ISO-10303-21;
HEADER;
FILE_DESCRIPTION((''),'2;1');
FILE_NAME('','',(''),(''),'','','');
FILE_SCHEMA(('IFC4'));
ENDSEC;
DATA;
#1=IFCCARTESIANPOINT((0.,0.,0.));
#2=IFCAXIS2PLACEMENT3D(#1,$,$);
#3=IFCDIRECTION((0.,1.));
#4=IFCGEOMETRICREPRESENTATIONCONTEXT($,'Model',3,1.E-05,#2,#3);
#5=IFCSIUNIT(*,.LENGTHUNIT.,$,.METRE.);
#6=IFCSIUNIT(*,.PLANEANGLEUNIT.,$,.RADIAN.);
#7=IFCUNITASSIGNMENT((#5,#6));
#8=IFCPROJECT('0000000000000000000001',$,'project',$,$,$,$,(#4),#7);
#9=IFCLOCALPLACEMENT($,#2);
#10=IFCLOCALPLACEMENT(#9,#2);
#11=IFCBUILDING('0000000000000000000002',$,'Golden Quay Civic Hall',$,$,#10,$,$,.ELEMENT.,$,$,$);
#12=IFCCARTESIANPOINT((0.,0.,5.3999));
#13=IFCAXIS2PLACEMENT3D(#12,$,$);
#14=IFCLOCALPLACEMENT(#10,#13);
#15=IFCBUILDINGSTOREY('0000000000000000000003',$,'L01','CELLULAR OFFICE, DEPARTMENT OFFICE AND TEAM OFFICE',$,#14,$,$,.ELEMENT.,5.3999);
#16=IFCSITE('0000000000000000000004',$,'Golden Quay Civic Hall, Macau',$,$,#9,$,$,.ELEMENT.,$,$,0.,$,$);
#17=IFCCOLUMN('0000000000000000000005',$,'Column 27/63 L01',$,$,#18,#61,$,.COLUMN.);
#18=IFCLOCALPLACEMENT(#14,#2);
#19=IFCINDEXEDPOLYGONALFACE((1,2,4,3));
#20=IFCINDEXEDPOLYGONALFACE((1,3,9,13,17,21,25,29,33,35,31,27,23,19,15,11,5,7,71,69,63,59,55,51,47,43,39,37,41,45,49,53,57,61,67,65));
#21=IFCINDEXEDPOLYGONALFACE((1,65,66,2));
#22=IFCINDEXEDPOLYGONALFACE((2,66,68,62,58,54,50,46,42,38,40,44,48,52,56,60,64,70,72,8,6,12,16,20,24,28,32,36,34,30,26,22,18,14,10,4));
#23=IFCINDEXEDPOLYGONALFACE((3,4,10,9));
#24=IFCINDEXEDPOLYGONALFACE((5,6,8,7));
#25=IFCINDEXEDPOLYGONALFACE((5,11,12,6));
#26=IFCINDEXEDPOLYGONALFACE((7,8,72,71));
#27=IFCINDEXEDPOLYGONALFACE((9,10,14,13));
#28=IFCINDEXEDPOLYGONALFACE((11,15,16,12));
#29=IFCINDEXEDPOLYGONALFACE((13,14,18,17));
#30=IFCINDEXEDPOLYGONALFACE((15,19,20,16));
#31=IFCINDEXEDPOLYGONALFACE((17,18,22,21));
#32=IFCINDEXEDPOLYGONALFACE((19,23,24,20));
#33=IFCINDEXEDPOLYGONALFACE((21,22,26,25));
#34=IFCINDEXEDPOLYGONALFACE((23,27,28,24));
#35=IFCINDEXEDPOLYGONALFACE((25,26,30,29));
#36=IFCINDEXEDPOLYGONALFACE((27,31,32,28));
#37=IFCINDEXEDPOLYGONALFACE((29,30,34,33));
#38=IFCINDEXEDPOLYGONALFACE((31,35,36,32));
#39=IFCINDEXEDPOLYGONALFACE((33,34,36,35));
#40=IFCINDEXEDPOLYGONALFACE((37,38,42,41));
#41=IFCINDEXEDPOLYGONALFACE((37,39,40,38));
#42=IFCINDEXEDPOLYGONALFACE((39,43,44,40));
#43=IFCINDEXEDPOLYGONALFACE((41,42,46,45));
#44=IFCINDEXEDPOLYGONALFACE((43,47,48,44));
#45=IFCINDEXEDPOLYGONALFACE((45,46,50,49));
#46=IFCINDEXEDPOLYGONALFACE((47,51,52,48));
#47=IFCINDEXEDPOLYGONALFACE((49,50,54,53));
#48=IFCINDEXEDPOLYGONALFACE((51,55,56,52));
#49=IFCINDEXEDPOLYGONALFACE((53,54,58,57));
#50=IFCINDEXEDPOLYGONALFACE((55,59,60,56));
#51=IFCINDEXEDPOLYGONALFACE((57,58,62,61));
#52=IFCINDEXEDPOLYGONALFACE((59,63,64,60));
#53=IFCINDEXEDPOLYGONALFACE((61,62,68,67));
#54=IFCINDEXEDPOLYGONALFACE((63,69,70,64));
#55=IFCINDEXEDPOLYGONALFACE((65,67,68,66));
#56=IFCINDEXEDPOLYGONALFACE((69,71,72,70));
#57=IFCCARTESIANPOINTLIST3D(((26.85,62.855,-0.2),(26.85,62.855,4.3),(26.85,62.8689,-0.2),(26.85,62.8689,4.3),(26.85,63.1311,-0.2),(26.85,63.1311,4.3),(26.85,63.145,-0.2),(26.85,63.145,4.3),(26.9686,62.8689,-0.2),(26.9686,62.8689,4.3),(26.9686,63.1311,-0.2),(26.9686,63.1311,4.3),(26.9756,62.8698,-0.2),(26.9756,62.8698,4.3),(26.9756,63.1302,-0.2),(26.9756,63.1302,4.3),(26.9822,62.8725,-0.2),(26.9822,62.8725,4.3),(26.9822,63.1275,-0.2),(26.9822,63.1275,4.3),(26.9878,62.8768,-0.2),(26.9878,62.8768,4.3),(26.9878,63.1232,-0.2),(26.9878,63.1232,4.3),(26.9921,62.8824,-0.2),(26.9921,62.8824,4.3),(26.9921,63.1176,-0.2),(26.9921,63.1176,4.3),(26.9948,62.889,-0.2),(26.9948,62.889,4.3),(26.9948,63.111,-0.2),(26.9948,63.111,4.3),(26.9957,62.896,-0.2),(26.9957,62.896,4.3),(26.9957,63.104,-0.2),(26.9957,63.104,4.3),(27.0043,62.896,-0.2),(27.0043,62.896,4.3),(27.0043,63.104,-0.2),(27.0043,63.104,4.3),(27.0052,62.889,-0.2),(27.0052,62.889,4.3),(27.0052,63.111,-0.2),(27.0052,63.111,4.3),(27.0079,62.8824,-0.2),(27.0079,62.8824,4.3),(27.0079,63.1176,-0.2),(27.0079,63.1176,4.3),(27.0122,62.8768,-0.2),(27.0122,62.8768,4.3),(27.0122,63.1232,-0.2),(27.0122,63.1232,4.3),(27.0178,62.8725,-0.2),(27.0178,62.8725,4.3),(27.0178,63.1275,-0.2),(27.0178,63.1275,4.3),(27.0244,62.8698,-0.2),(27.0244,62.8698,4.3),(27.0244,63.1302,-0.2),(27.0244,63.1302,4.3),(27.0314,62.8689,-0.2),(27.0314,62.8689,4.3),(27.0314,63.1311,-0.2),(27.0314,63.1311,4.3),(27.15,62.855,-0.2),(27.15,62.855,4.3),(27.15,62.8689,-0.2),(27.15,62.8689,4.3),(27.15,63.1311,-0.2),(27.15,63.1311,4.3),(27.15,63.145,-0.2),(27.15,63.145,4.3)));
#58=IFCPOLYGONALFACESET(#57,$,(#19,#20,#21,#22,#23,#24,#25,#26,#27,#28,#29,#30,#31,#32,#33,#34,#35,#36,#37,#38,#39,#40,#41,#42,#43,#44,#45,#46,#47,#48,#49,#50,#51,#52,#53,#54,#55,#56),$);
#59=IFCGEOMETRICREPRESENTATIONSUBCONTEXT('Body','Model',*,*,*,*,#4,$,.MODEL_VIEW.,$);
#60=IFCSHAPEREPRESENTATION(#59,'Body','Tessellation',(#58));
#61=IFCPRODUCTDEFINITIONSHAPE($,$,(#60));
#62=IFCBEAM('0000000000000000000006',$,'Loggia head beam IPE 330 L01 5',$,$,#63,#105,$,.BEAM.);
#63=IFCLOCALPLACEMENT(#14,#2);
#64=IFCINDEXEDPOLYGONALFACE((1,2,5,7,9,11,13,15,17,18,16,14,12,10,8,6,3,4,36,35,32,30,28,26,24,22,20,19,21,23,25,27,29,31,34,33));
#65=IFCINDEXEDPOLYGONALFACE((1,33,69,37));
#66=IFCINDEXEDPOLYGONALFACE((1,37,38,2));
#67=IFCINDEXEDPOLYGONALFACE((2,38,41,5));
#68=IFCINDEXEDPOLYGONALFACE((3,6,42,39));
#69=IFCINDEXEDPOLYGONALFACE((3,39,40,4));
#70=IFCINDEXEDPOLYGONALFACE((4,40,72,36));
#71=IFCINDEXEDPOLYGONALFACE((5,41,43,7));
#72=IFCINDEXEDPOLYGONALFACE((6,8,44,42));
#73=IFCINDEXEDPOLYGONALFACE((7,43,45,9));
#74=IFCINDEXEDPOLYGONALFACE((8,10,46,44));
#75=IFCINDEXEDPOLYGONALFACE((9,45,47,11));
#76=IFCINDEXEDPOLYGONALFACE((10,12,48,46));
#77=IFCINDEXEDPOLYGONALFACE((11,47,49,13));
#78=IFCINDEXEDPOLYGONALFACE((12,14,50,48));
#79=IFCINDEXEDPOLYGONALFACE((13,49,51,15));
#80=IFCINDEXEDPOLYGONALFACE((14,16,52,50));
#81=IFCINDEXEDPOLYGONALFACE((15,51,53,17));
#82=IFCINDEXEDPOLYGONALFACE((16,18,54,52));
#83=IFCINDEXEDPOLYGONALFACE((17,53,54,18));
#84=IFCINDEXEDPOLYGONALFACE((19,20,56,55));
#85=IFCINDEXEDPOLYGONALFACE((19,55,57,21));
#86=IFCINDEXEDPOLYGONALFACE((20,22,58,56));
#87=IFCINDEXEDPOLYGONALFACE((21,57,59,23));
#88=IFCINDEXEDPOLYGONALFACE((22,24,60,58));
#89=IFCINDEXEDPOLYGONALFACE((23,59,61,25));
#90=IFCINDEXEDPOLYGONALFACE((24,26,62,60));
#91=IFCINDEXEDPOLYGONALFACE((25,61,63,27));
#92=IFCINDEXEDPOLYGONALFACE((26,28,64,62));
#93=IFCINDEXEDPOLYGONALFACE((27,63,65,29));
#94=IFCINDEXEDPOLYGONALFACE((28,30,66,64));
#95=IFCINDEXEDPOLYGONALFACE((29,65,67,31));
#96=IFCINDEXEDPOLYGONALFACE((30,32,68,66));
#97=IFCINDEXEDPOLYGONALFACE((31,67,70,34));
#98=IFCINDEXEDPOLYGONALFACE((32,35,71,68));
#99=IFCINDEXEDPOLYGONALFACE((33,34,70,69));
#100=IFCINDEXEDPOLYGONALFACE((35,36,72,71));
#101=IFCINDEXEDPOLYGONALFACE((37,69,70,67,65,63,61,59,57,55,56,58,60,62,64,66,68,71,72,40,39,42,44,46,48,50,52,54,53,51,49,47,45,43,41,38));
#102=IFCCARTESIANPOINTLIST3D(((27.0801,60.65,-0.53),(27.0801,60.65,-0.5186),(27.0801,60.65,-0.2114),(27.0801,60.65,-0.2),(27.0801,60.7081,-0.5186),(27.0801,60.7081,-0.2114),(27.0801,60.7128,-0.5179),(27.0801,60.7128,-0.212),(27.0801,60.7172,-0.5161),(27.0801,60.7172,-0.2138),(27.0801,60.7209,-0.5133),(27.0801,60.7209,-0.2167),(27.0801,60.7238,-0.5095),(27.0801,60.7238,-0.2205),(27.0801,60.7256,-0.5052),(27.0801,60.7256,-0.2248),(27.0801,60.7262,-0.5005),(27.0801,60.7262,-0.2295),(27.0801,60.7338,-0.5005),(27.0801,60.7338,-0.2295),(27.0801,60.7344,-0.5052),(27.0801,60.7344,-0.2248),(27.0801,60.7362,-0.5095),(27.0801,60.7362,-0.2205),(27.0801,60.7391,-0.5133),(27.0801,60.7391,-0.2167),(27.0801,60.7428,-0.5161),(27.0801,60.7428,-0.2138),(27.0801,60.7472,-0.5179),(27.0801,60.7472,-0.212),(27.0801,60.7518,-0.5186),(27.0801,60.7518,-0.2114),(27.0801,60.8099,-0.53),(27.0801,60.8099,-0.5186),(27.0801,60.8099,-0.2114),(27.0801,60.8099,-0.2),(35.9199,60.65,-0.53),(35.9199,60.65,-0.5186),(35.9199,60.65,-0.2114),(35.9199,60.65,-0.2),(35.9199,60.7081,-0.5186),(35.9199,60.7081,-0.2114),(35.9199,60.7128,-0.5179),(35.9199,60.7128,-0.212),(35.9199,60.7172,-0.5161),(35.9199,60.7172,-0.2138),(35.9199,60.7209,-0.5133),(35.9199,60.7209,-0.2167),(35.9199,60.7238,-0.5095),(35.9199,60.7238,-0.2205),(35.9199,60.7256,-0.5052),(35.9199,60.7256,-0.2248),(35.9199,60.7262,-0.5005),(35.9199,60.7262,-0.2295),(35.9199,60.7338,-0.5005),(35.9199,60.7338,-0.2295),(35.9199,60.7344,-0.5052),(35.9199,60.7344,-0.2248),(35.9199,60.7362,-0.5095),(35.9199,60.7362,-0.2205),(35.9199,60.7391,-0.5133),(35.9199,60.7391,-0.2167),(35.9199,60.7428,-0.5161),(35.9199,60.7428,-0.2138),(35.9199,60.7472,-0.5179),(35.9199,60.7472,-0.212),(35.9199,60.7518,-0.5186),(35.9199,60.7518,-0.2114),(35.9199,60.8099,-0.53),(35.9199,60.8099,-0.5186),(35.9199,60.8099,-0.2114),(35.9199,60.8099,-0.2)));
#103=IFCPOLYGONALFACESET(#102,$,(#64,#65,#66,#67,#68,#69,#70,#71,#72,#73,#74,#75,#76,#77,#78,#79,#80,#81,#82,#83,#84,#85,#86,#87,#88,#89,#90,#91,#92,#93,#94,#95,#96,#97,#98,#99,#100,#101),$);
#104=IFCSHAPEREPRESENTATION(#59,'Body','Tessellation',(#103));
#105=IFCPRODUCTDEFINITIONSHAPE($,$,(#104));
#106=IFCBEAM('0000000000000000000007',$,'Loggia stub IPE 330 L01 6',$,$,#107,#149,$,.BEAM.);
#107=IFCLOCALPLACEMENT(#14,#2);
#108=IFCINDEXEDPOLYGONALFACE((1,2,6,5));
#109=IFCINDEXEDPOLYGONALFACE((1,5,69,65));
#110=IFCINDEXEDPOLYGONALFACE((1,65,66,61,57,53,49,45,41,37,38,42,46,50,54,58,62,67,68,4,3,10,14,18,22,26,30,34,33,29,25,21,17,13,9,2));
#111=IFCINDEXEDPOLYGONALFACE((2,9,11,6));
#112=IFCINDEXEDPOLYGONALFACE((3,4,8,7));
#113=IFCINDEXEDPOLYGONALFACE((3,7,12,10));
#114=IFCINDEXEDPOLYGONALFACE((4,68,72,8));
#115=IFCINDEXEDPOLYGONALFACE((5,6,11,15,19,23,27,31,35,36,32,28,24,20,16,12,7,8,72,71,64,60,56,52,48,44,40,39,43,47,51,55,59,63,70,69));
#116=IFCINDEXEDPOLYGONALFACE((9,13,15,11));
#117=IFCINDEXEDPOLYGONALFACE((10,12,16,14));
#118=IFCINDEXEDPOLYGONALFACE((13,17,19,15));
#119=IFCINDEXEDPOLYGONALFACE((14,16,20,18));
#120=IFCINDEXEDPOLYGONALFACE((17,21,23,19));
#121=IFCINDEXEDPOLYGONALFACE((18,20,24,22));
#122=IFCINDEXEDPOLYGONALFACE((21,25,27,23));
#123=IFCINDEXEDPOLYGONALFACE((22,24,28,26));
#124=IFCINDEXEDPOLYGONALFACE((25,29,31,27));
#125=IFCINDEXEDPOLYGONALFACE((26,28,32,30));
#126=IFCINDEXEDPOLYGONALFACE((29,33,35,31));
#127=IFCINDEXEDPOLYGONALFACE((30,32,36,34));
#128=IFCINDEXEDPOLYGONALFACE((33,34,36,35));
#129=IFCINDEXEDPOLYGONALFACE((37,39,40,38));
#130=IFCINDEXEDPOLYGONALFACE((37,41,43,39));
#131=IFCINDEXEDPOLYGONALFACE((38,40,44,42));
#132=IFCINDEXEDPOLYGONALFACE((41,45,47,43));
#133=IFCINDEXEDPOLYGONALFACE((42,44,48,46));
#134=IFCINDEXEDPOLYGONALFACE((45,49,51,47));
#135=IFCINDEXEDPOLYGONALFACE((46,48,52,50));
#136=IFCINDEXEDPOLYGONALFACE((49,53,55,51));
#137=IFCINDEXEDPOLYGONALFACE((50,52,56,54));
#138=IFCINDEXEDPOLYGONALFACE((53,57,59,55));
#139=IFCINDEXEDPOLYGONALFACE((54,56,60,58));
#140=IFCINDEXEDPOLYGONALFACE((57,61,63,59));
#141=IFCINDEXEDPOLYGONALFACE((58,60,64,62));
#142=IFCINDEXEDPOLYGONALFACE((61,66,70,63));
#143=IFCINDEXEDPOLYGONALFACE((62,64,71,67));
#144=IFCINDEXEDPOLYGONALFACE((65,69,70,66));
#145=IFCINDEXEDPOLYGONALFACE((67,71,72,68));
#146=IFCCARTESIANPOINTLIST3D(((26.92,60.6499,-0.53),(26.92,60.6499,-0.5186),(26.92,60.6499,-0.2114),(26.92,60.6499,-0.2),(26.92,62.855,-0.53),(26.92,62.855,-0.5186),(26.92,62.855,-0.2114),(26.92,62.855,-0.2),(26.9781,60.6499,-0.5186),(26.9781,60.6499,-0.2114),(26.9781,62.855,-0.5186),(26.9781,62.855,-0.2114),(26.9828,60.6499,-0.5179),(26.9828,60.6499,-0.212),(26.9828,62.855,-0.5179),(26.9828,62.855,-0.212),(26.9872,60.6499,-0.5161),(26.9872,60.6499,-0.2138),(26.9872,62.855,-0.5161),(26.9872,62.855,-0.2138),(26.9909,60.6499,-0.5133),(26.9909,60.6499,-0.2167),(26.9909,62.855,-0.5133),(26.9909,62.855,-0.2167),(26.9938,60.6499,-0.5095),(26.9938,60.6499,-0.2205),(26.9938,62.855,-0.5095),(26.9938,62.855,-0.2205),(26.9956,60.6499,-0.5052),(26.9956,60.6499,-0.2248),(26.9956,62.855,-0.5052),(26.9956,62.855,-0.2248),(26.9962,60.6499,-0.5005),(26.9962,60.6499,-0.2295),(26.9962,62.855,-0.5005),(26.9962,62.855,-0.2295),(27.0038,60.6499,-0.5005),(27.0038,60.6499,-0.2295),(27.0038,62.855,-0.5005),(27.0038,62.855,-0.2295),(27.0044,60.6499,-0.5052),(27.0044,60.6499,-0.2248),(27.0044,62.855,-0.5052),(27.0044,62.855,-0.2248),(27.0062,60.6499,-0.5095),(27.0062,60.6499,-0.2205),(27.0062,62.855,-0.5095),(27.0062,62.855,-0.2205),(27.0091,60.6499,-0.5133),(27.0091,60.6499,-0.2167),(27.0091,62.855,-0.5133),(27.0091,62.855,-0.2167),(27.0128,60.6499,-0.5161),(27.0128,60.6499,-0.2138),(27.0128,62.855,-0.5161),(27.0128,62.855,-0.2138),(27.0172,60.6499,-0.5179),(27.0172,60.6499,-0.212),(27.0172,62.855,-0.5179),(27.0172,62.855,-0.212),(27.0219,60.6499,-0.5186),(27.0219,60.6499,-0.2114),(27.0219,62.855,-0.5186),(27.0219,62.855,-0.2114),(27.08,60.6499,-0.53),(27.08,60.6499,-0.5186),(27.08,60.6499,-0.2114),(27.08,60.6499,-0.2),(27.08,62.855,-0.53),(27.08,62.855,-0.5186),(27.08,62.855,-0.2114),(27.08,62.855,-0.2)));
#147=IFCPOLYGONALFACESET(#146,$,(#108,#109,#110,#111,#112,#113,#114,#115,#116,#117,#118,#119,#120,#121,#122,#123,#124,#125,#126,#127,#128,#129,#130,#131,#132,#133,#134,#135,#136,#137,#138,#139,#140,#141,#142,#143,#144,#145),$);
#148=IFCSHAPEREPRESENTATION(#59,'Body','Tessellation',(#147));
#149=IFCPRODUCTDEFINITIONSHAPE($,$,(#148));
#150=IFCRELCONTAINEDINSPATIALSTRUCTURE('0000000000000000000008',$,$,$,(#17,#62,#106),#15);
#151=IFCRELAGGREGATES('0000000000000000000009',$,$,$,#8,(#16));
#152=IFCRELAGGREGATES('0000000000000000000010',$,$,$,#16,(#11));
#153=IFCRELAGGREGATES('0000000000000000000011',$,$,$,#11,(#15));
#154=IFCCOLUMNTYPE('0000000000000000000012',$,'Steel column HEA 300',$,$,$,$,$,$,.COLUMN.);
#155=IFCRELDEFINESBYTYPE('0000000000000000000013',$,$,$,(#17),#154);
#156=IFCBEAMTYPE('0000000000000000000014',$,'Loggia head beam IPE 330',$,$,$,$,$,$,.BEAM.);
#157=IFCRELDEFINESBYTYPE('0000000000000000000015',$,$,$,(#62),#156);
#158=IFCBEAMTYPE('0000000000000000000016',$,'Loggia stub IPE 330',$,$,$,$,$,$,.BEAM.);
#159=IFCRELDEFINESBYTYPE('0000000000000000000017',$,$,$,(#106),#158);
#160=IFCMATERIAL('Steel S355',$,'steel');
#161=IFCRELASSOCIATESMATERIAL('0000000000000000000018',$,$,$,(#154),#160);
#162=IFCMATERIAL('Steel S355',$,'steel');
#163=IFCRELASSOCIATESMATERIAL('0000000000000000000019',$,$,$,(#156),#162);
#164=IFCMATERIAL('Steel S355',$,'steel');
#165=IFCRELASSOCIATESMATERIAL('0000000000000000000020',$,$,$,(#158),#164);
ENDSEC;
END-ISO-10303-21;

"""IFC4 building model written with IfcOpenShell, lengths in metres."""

from ifc_helpers import new_model, si_unit, direction, frame, origin, origin_2d, place, context, subcontext, project, spatial, i_section, extrude, material, material_profile, profile_set, type_object, element, save


model = new_model("IFC4")

# Units and contexts
model_context = context("Model", 3, precision=1e-05, world=origin(), true_north=direction((0.0, 1.0)))
body_context = subcontext(model_context, "Body", "Model", "MODEL_VIEW")
ifc_project = project(units=[si_unit("LENGTHUNIT", "METRE"), si_unit("PLANEANGLEUNIT", "RADIAN")], contexts=[model_context])

# Site, building, storey
site_placement = place(None, origin())
site = spatial("IfcSite", under=ifc_project, at=site_placement, Name="Golden Quay Civic Hall, Macau", CompositionType="ELEMENT", RefElevation=0.0)
building_placement = place(site_placement, origin())
building = spatial("IfcBuilding", under=site, at=building_placement, Name="Golden Quay Civic Hall", CompositionType="ELEMENT")
storey_placement = place(building_placement, frame((0.0, 0.0, 5.3999)))
storey = spatial("IfcBuildingStorey", under=building, at=storey_placement, Name="L01", Description="CELLULAR OFFICE, DEPARTMENT OFFICE AND TEAM OFFICE", CompositionType="ELEMENT", Elevation=5.3999)

# Column
ifc_material_1 = material(Name="Steel S355", Category="steel")
ifc_material_profile_1 = material_profile(ifc_material_1, i_section(OverallWidth=0.3, OverallDepth=0.29, WebThickness=0.0085, FlangeThickness=0.0139, FilletRadius=0.0271, at=origin_2d()), Name="HEA 300")
ifc_profile_set_1 = profile_set([ifc_material_profile_1], Name="Steel S355")
column_type = type_object("IfcColumnType", Name="Steel column HEA 300", PredefinedType="COLUMN", material=ifc_profile_set_1)
column_placement = place(storey_placement, frame((27.0, 63.0, -0.2), z_axis=(0.0, 0.0, 1.0), x_axis=(1.0, 0.0, 0.0)))
element("IfcColumn", 1, at=column_placement, inside=storey, type_object=column_type, Name="Column 27/63 L01", PredefinedType="COLUMN", context=body_context, shape_type="SweptSolid", body=[
    extrude(i_section(OverallWidth=0.3, OverallDepth=0.29, WebThickness=0.0085, FlangeThickness=0.0139, FilletRadius=0.0271, at=origin_2d()), origin(), (0.0, 0.0, 1.0), 4.5),
])

# Beams
ifc_material_2 = material(Name="Steel S355", Category="steel")
ifc_material_profile_2 = material_profile(ifc_material_2, i_section(OverallWidth=0.1599, OverallDepth=0.3301, WebThickness=0.0076, FlangeThickness=0.0115, FilletRadius=0.0181, at=origin_2d()), Name="IPE 330")
ifc_profile_set_2 = profile_set([ifc_material_profile_2], Name="Steel S355")
beam_type_1 = type_object("IfcBeamType", Name="Loggia head beam IPE 330", PredefinedType="BEAM", material=ifc_profile_set_2)
beam_1_placement = place(storey_placement, frame((27.0801, 60.73, -0.365), z_axis=(1.0, 0.0, 0.0), x_axis=(0.0, 1.0, 0.0)))
element("IfcBeam", 2, at=beam_1_placement, inside=storey, type_object=beam_type_1, Name="Loggia head beam IPE 330 L01 5", PredefinedType="BEAM", context=body_context, shape_type="SweptSolid", body=[
    extrude(i_section(OverallWidth=0.1599, OverallDepth=0.3301, WebThickness=0.0076, FlangeThickness=0.0115, FilletRadius=0.0181, at=origin_2d()), origin(), (0.0, 0.0, 1.0), 8.8398),
])
ifc_material_3 = material(Name="Steel S355", Category="steel")
ifc_material_profile_3 = material_profile(ifc_material_3, i_section(OverallWidth=0.1599, OverallDepth=0.3301, WebThickness=0.0076, FlangeThickness=0.0115, FilletRadius=0.0181, at=origin_2d()), Name="IPE 330")
ifc_profile_set_3 = profile_set([ifc_material_profile_3], Name="Steel S355")
beam_type_2 = type_object("IfcBeamType", Name="Loggia stub IPE 330", PredefinedType="BEAM", material=ifc_profile_set_3)
beam_2_placement = place(storey_placement, frame((27.0, 62.855, -0.365), z_axis=(0.0, -1.0, 0.0), x_axis=(1.0, 0.0, 0.0)))
element("IfcBeam", 3, at=beam_2_placement, inside=storey, type_object=beam_type_2, Name="Loggia stub IPE 330 L01 6", PredefinedType="BEAM", context=body_context, shape_type="SweptSolid", body=[
    extrude(i_section(OverallWidth=0.1599, OverallDepth=0.3301, WebThickness=0.0076, FlangeThickness=0.0115, FilletRadius=0.0181, at=origin_2d()), origin(), (0.0, 0.0, 1.0), 2.2051),
])

save(model, "model.ifc")
